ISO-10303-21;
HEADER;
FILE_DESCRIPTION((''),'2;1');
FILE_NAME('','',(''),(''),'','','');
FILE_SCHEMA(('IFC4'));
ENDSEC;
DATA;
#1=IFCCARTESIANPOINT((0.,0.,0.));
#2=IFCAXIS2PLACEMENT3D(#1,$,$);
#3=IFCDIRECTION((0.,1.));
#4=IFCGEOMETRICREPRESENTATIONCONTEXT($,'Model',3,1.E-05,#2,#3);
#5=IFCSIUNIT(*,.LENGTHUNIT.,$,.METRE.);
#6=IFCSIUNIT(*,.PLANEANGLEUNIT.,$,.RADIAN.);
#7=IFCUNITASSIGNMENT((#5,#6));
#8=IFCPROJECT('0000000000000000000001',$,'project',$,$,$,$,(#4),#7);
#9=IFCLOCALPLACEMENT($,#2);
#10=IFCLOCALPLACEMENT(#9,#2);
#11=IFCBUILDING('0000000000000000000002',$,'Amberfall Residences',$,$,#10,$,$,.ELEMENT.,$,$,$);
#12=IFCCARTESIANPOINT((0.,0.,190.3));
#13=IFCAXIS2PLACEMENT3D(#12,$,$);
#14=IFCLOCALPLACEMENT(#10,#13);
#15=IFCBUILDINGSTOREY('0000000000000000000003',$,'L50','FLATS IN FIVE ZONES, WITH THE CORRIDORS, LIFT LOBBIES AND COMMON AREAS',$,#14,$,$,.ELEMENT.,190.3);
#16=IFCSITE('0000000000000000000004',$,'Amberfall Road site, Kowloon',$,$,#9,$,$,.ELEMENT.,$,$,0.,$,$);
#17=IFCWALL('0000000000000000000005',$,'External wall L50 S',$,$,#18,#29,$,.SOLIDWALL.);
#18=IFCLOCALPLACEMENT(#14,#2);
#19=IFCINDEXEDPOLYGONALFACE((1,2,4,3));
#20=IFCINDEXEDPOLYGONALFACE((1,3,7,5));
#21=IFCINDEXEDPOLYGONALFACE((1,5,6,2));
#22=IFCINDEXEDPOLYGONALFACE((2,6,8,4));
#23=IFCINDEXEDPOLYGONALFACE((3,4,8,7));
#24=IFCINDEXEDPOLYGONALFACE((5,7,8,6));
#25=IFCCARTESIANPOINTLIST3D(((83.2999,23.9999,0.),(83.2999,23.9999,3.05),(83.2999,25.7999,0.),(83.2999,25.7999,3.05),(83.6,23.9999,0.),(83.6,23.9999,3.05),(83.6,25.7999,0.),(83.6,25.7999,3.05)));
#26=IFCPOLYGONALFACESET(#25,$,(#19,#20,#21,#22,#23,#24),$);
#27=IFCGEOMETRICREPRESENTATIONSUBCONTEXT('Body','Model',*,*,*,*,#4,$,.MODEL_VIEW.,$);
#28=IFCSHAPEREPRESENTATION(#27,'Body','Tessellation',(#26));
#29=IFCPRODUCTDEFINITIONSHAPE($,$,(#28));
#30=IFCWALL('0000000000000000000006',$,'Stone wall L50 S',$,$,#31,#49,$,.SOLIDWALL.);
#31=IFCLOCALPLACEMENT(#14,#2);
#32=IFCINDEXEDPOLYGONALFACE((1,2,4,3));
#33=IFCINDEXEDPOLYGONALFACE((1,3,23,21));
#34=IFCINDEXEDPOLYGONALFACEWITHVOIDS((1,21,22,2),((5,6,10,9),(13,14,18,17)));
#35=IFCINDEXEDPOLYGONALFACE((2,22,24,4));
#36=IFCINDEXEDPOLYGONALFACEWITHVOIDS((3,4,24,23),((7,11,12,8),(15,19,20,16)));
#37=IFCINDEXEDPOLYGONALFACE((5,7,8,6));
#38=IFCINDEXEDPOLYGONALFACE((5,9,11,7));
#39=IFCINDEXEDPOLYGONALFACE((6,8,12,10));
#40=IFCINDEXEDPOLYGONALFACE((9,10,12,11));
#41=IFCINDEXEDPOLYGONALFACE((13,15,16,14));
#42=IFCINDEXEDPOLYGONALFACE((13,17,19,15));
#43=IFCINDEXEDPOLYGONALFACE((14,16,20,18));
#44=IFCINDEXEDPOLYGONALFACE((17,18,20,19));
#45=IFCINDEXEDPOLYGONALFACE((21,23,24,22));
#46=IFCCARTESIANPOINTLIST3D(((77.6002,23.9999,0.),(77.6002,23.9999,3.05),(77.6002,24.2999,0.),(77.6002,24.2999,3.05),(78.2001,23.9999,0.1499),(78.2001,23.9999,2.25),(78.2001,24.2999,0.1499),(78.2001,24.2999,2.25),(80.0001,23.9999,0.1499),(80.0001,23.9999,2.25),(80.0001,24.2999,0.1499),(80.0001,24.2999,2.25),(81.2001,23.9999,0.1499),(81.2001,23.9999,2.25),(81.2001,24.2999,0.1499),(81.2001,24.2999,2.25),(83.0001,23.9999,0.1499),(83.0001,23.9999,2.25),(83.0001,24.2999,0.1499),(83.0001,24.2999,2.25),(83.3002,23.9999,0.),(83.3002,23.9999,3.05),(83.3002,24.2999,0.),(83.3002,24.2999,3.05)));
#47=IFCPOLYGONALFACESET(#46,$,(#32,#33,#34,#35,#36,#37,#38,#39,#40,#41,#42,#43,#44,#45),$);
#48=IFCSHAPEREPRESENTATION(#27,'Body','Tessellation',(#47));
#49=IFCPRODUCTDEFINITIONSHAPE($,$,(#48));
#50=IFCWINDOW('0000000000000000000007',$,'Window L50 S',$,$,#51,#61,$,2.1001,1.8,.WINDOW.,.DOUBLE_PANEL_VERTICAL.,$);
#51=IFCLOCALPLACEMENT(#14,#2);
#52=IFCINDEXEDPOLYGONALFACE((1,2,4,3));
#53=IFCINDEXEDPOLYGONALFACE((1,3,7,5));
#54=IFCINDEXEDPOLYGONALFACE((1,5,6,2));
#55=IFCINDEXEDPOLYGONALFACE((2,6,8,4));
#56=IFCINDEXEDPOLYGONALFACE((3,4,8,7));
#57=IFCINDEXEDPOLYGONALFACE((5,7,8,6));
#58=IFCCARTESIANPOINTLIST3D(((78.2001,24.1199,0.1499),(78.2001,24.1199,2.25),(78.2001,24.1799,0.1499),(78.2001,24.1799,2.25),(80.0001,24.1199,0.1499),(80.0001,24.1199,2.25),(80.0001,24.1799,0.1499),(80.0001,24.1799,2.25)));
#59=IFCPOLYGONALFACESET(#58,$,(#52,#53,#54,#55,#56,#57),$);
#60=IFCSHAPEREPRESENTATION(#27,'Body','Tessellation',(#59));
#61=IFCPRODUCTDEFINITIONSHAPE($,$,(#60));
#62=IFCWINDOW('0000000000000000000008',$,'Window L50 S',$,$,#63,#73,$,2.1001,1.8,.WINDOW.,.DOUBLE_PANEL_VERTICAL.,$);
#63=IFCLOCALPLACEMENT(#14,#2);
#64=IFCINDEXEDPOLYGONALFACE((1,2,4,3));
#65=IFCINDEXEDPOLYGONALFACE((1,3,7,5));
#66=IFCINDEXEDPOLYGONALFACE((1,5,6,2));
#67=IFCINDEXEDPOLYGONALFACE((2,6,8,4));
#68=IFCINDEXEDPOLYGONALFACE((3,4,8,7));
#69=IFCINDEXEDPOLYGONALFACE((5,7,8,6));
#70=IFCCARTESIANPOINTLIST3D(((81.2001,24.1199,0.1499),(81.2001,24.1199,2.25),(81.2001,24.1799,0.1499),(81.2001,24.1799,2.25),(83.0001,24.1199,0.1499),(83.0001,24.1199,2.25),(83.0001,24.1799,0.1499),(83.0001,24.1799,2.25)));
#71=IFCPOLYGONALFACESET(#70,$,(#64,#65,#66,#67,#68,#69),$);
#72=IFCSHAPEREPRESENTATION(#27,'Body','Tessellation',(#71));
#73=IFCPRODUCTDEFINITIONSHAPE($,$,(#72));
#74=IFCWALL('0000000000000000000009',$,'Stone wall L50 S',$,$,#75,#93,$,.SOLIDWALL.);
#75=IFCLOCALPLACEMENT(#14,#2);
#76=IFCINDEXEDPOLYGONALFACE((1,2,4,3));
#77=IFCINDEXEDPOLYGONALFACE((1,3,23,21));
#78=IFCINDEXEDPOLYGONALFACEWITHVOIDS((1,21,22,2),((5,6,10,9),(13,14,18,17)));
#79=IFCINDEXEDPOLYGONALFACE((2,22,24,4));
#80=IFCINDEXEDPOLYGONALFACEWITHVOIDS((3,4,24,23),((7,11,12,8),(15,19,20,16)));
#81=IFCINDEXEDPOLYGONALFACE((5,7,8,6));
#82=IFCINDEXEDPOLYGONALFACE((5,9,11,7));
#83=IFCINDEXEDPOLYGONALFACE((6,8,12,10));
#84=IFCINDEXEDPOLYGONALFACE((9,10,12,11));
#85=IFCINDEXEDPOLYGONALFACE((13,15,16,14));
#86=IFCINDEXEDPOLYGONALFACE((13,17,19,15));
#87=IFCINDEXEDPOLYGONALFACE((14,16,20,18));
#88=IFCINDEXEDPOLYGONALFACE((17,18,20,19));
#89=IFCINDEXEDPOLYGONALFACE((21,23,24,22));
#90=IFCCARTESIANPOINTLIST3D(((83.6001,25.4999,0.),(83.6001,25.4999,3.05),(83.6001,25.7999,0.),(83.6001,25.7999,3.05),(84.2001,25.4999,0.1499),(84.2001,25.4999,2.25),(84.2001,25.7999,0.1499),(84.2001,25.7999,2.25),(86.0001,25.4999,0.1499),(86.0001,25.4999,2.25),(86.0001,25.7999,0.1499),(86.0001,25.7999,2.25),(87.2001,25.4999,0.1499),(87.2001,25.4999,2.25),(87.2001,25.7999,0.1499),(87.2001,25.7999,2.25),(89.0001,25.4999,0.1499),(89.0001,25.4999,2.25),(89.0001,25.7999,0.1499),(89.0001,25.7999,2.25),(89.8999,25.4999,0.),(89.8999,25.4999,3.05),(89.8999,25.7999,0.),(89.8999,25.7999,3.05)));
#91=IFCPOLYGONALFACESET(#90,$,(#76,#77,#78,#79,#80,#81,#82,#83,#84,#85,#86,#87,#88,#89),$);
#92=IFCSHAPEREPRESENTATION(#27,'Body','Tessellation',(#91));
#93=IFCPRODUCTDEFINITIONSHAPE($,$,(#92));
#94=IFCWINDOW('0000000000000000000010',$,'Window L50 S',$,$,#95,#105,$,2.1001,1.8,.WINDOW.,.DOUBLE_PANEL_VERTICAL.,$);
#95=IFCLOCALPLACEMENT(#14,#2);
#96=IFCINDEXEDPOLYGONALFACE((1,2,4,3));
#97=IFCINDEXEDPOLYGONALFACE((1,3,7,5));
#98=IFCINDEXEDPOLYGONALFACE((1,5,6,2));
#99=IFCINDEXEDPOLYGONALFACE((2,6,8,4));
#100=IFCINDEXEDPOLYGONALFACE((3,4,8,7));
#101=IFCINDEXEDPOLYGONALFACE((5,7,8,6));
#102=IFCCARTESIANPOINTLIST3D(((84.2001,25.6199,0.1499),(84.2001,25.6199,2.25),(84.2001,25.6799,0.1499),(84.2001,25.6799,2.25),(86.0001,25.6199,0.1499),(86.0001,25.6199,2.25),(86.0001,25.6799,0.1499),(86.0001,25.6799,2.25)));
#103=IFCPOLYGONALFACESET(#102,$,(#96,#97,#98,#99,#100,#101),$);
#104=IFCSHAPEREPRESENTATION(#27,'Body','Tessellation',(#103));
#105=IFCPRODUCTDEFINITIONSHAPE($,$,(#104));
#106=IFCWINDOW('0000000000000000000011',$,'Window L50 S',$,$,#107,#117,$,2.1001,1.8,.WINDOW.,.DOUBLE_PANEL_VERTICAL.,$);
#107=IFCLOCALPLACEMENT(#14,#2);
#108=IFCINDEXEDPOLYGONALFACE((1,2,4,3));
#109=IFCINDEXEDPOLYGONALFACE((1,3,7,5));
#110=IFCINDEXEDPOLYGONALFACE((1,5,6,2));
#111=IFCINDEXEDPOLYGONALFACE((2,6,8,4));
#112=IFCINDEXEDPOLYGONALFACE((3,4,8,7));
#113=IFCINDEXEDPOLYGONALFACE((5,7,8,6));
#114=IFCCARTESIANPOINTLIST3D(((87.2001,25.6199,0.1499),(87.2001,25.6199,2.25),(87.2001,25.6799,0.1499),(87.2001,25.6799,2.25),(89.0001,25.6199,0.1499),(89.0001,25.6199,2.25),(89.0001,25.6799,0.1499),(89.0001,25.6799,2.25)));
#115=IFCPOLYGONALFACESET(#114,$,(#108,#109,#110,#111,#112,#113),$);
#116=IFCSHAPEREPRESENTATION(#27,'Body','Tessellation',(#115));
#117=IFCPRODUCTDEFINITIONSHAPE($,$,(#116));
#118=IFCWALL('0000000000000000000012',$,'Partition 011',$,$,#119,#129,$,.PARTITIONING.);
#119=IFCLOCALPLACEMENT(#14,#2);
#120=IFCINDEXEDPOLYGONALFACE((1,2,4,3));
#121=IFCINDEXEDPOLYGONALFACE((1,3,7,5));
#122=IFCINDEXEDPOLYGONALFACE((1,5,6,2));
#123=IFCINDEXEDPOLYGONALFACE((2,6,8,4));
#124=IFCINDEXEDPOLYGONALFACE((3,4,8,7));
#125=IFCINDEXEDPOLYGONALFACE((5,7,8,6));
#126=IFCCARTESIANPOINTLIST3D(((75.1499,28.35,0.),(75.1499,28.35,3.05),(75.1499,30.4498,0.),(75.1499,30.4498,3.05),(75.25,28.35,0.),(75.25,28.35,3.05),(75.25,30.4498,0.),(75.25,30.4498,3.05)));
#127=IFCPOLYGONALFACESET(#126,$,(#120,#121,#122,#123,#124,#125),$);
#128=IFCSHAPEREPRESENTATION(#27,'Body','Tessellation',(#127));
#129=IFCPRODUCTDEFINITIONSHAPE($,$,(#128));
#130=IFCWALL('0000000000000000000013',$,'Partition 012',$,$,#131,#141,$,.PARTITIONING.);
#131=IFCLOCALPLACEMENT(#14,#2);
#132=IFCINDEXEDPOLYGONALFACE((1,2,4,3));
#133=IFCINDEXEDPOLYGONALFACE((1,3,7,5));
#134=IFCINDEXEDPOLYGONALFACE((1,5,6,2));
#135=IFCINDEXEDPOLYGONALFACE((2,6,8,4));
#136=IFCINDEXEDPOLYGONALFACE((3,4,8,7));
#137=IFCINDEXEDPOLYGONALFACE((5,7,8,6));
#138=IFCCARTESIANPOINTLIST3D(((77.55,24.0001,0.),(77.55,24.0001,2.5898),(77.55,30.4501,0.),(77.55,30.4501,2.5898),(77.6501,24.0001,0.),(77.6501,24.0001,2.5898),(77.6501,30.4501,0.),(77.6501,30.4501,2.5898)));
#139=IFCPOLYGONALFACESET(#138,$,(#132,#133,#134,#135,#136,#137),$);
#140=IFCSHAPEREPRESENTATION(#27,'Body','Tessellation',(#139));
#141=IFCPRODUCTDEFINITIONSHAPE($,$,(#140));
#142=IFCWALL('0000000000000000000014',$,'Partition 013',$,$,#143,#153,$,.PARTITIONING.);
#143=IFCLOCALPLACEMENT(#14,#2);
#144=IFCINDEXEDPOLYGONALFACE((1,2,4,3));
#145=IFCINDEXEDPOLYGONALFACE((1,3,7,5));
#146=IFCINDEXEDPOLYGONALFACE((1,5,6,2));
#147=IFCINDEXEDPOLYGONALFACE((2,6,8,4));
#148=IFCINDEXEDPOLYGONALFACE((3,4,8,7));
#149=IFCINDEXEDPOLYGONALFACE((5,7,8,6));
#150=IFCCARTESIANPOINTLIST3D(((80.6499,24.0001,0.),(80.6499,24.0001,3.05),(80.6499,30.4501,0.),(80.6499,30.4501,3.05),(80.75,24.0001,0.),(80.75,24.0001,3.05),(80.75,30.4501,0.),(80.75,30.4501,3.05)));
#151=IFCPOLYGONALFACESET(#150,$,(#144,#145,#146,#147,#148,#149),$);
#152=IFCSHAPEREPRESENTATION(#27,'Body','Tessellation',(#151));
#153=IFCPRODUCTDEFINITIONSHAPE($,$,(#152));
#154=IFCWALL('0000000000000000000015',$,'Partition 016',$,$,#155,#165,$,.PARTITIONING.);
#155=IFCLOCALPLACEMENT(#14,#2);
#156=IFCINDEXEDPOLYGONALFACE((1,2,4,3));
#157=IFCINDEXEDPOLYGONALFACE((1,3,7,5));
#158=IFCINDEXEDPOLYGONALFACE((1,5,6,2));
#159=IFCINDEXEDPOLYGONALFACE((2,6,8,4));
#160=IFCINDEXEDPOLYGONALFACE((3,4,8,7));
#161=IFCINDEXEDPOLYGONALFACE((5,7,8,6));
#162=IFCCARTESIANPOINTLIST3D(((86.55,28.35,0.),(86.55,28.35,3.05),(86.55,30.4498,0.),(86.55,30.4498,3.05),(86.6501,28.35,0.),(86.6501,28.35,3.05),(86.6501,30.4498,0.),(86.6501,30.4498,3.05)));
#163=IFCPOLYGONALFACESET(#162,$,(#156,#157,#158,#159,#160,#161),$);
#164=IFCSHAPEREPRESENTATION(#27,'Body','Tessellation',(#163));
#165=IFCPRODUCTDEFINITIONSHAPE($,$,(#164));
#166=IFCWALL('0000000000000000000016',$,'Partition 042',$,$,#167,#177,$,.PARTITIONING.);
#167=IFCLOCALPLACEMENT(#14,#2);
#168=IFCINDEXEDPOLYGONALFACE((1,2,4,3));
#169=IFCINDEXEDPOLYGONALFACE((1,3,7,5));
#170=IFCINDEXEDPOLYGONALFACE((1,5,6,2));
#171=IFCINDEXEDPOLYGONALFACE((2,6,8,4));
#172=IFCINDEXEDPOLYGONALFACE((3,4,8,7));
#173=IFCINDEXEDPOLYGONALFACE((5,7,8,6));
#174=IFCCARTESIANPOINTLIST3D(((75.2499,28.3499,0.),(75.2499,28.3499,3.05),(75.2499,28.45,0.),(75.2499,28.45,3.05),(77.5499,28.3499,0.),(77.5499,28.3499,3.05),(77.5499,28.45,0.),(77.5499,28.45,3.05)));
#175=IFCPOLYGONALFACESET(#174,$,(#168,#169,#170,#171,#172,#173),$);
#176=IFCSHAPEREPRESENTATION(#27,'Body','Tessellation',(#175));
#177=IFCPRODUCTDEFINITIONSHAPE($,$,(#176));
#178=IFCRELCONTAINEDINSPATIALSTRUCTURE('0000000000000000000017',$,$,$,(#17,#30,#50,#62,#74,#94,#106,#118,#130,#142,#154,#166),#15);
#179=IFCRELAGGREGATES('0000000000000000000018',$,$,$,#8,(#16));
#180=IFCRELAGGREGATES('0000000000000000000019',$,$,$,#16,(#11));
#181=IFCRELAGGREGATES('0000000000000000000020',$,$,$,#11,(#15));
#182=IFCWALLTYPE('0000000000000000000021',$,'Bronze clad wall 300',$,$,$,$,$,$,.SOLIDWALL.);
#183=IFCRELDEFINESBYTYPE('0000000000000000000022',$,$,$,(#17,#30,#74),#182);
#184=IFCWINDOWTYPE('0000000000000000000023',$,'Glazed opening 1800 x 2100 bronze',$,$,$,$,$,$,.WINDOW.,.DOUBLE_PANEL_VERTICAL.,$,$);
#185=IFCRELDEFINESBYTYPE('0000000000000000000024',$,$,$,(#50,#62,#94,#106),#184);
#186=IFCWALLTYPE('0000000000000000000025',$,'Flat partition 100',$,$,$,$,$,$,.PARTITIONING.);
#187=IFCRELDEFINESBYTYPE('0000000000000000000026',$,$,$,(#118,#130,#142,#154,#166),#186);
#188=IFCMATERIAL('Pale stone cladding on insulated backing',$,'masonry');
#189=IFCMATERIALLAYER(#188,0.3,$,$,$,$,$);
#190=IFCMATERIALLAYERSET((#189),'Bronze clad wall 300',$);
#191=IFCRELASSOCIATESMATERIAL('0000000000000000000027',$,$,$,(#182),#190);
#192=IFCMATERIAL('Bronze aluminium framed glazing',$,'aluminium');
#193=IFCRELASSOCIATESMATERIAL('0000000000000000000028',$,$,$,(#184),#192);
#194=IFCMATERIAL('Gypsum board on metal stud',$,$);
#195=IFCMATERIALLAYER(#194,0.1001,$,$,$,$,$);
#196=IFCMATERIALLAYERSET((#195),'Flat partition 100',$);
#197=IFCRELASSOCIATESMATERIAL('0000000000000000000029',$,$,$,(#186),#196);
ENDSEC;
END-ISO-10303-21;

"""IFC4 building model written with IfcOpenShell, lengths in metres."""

from ifc_helpers import new_model, si_unit, direction, frame, frame_2d, origin, place, context, subcontext, project, spatial, rectangle, extrude, material, layer, layer_set, type_object, element, fill, save


model = new_model("IFC4")

# Units and contexts
model_context = context("Model", 3, precision=1e-05, world=origin(), true_north=direction((0.0, 1.0)))
body_context = subcontext(model_context, "Body", "Model", "MODEL_VIEW")
ifc_project = project(units=[si_unit("LENGTHUNIT", "METRE"), si_unit("PLANEANGLEUNIT", "RADIAN")], contexts=[model_context])

# Site, building, storey
site_placement = place(None, origin())
site = spatial("IfcSite", under=ifc_project, at=site_placement, Name="Amberfall Road site, Kowloon", CompositionType="ELEMENT", RefElevation=0.0)
building_placement = place(site_placement, origin())
building = spatial("IfcBuilding", under=site, at=building_placement, Name="Amberfall Residences", CompositionType="ELEMENT")
storey_placement = place(building_placement, frame((0.0, 0.0, 190.3)))
storey = spatial("IfcBuildingStorey", under=building, at=storey_placement, Name="L50", Description="FLATS IN FIVE ZONES, WITH THE CORRIDORS, LIFT LOBBIES AND COMMON AREAS", CompositionType="ELEMENT", Elevation=190.3)

# Wall
ifc_material_1 = material(Name="Pale stone cladding on insulated backing", Category="masonry")
ifc_layer_1 = layer(ifc_material_1, 0.3)
ifc_layer_set_1 = layer_set([ifc_layer_1], Name="Bronze clad wall 300")
wall_type_1 = type_object("IfcWallType", Name="Bronze clad wall 300", PredefinedType="SOLIDWALL", material=ifc_layer_set_1)
for number, where, z_axis, x_axis, name in (
    (1, (83.45, 24.0, 0.0), (0.0, 0.0, 1.0), (0.0, 1.0, 0.0), "External wall L50 S"),
):
    element("IfcWall", number, at=place(storey_placement, frame(where, z_axis=z_axis, x_axis=x_axis)), inside=storey, type_object=wall_type_1, Name=name, PredefinedType="SOLIDWALL", context=body_context, shape_type="SweptSolid", body=[
        extrude(rectangle(XDim=1.8, YDim=0.3, at=frame_2d((0.8999, 0.0))), origin(), (0.0, 0.0, 1.0), 3.05),
    ])

# Walls, openings, windows
wall_1_placement = place(storey_placement, frame((77.6001, 24.1499, 0.0), z_axis=(0.0, 0.0, 1.0), x_axis=(1.0, 0.0, 0.0)))
wall_1 = element("IfcWall", 2, at=wall_1_placement, inside=storey, type_object=wall_type_1, Name="Stone wall L50 S", PredefinedType="SOLIDWALL", context=body_context, shape_type="SweptSolid", body=[
    extrude(rectangle(XDim=5.7, YDim=0.3, at=frame_2d((2.8501, 0.0))), origin(), (0.0, 0.0, 1.0), 3.05),
])
opening_1_placement = place(wall_1_placement, frame((0.6001, 0.0, 0.1499)))
opening_1 = element("IfcOpeningElement", 3, at=opening_1_placement, cuts=wall_1, PredefinedType="OPENING", context=body_context, shape_type="SweptSolid", body=[
    extrude(rectangle(XDim=1.8, YDim=2.1001, at=frame_2d((0.8999, 1.05))), frame((0.0, 0.1599, 0.0), z_axis=(0.0, -1.0, 0.0), x_axis=(1.0, 0.0, 0.0)), (0.0, 0.0, 1.0), 0.3201),
])
opening_2_placement = place(wall_1_placement, frame((3.6001, 0.0, 0.1499)))
opening_2 = element("IfcOpeningElement", 4, at=opening_2_placement, cuts=wall_1, PredefinedType="OPENING", context=body_context, shape_type="SweptSolid", body=[
    extrude(rectangle(XDim=1.8, YDim=2.1001, at=frame_2d((0.8999, 1.05))), frame((0.0, 0.1599, 0.0), z_axis=(0.0, -1.0, 0.0), x_axis=(1.0, 0.0, 0.0)), (0.0, 0.0, 1.0), 0.3201),
])
ifc_material_2 = material(Name="Bronze aluminium framed glazing", Category="aluminium")
window_type = type_object("IfcWindowType", Name="Glazed opening 1800 x 2100 bronze", PartitioningType="DOUBLE_PANEL_VERTICAL", PredefinedType="WINDOW", material=ifc_material_2)
window_1_placement = place(opening_1_placement, origin())
window_1 = element("IfcWindow", 5, at=window_1_placement, inside=storey, type_object=window_type, Name="Window L50 S", OverallHeight=2.1001, OverallWidth=1.8, PartitioningType="DOUBLE_PANEL_VERTICAL", PredefinedType="WINDOW", context=body_context, shape_type="SweptSolid", body=[
    extrude(rectangle(XDim=1.8, YDim=2.1001, at=frame_2d((0.8999, 1.05))), frame((0.0, 0.03, 0.0), z_axis=(0.0, -1.0, 0.0), x_axis=(1.0, 0.0, 0.0)), (0.0, 0.0, 1.0), 0.0601),
])
fill(opening_1, window_1)
window_2_placement = place(opening_2_placement, origin())
window_2 = element("IfcWindow", 6, at=window_2_placement, inside=storey, type_object=window_type, Name="Window L50 S", OverallHeight=2.1001, OverallWidth=1.8, PartitioningType="DOUBLE_PANEL_VERTICAL", PredefinedType="WINDOW", context=body_context, shape_type="SweptSolid", body=[
    extrude(rectangle(XDim=1.8, YDim=2.1001, at=frame_2d((0.8999, 1.05))), frame((0.0, 0.03, 0.0), z_axis=(0.0, -1.0, 0.0), x_axis=(1.0, 0.0, 0.0)), (0.0, 0.0, 1.0), 0.0601),
])
fill(opening_2, window_2)
wall_2_placement = place(storey_placement, frame((83.6001, 25.6499, 0.0), z_axis=(0.0, 0.0, 1.0), x_axis=(1.0, 0.0, 0.0)))
wall_2 = element("IfcWall", 7, at=wall_2_placement, inside=storey, type_object=wall_type_1, Name="Stone wall L50 S", PredefinedType="SOLIDWALL", context=body_context, shape_type="SweptSolid", body=[
    extrude(rectangle(XDim=6.2998, YDim=0.3, at=frame_2d((3.1499, 0.0))), origin(), (0.0, 0.0, 1.0), 3.05),
])
opening_3_placement = place(wall_2_placement, frame((0.6001, 0.0, 0.1499)))
opening_3 = element("IfcOpeningElement", 8, at=opening_3_placement, cuts=wall_2, PredefinedType="OPENING", context=body_context, shape_type="SweptSolid", body=[
    extrude(rectangle(XDim=1.8, YDim=2.1001, at=frame_2d((0.8999, 1.05))), frame((0.0, 0.1599, 0.0), z_axis=(0.0, -1.0, 0.0), x_axis=(1.0, 0.0, 0.0)), (0.0, 0.0, 1.0), 0.3201),
])
opening_4_placement = place(wall_2_placement, frame((3.6001, 0.0, 0.1499)))
opening_4 = element("IfcOpeningElement", 9, at=opening_4_placement, cuts=wall_2, PredefinedType="OPENING", context=body_context, shape_type="SweptSolid", body=[
    extrude(rectangle(XDim=1.8, YDim=2.1001, at=frame_2d((0.8999, 1.05))), frame((0.0, 0.1599, 0.0), z_axis=(0.0, -1.0, 0.0), x_axis=(1.0, 0.0, 0.0)), (0.0, 0.0, 1.0), 0.3201),
])
window_3_placement = place(opening_3_placement, origin())
window_3 = element("IfcWindow", 10, at=window_3_placement, inside=storey, type_object=window_type, Name="Window L50 S", OverallHeight=2.1001, OverallWidth=1.8, PartitioningType="DOUBLE_PANEL_VERTICAL", PredefinedType="WINDOW", context=body_context, shape_type="SweptSolid", body=[
    extrude(rectangle(XDim=1.8, YDim=2.1001, at=frame_2d((0.8999, 1.05))), frame((0.0, 0.03, 0.0), z_axis=(0.0, -1.0, 0.0), x_axis=(1.0, 0.0, 0.0)), (0.0, 0.0, 1.0), 0.0601),
])
fill(opening_3, window_3)
window_4_placement = place(opening_4_placement, origin())
window_4 = element("IfcWindow", 11, at=window_4_placement, inside=storey, type_object=window_type, Name="Window L50 S", OverallHeight=2.1001, OverallWidth=1.8, PartitioningType="DOUBLE_PANEL_VERTICAL", PredefinedType="WINDOW", context=body_context, shape_type="SweptSolid", body=[
    extrude(rectangle(XDim=1.8, YDim=2.1001, at=frame_2d((0.8999, 1.05))), frame((0.0, 0.03, 0.0), z_axis=(0.0, -1.0, 0.0), x_axis=(1.0, 0.0, 0.0)), (0.0, 0.0, 1.0), 0.0601),
])
fill(opening_4, window_4)

# Walls
ifc_material_3 = material(Name="Gypsum board on metal stud")
ifc_layer_2 = layer(ifc_material_3, 0.1001)
ifc_layer_set_2 = layer_set([ifc_layer_2], Name="Flat partition 100")
wall_type_2 = type_object("IfcWallType", Name="Flat partition 100", PredefinedType="PARTITIONING", material=ifc_layer_set_2)
wall_3_placement = place(storey_placement, frame((75.2, 28.3501, 0.0), z_axis=(0.0, 0.0, 1.0), x_axis=(0.0, 1.0, 0.0)))
element("IfcWall", 12, at=wall_3_placement, inside=storey, type_object=wall_type_2, Name="Partition 011", PredefinedType="PARTITIONING", context=body_context, shape_type="SweptSolid", body=[
    extrude(rectangle(XDim=2.0999, YDim=0.1001, at=frame_2d((1.0498, 0.0))), origin(), (0.0, 0.0, 1.0), 3.05),
])
wall_4_placement = place(storey_placement, frame((77.6001, 24.0, 0.0), z_axis=(0.0, 0.0, 1.0), x_axis=(0.0, 1.0, 0.0)))
element("IfcWall", 13, at=wall_4_placement, inside=storey, type_object=wall_type_2, Name="Partition 012", PredefinedType="PARTITIONING", context=body_context, shape_type="SweptSolid", body=[
    extrude(rectangle(XDim=6.45, YDim=0.1001, at=frame_2d((3.2251, 0.0))), origin(), (0.0, 0.0, 1.0), 2.5898),
])
wall_5_placement = place(storey_placement, frame((80.7, 24.0, 0.0), z_axis=(0.0, 0.0, 1.0), x_axis=(0.0, 1.0, 0.0)))
element("IfcWall", 14, at=wall_5_placement, inside=storey, type_object=wall_type_2, Name="Partition 013", PredefinedType="PARTITIONING", context=body_context, shape_type="SweptSolid", body=[
    extrude(rectangle(XDim=6.45, YDim=0.1001, at=frame_2d((3.2251, 0.0))), origin(), (0.0, 0.0, 1.0), 3.05),
])
wall_6_placement = place(storey_placement, frame((86.6001, 28.3501, 0.0), z_axis=(0.0, 0.0, 1.0), x_axis=(0.0, 1.0, 0.0)))
element("IfcWall", 15, at=wall_6_placement, inside=storey, type_object=wall_type_2, Name="Partition 016", PredefinedType="PARTITIONING", context=body_context, shape_type="SweptSolid", body=[
    extrude(rectangle(XDim=2.0999, YDim=0.1001, at=frame_2d((1.0498, 0.0))), origin(), (0.0, 0.0, 1.0), 3.05),
])
wall_7_placement = place(storey_placement, frame((75.25, 28.3999, 0.0), z_axis=(0.0, 0.0, 1.0), x_axis=(1.0, 0.0, 0.0)))
element("IfcWall", 16, at=wall_7_placement, inside=storey, type_object=wall_type_2, Name="Partition 042", PredefinedType="PARTITIONING", context=body_context, shape_type="SweptSolid", body=[
    extrude(rectangle(XDim=2.3, YDim=0.1001, at=frame_2d((1.1499, 0.0))), origin(), (0.0, 0.0, 1.0), 3.05),
])

save(model, "model.ifc")
